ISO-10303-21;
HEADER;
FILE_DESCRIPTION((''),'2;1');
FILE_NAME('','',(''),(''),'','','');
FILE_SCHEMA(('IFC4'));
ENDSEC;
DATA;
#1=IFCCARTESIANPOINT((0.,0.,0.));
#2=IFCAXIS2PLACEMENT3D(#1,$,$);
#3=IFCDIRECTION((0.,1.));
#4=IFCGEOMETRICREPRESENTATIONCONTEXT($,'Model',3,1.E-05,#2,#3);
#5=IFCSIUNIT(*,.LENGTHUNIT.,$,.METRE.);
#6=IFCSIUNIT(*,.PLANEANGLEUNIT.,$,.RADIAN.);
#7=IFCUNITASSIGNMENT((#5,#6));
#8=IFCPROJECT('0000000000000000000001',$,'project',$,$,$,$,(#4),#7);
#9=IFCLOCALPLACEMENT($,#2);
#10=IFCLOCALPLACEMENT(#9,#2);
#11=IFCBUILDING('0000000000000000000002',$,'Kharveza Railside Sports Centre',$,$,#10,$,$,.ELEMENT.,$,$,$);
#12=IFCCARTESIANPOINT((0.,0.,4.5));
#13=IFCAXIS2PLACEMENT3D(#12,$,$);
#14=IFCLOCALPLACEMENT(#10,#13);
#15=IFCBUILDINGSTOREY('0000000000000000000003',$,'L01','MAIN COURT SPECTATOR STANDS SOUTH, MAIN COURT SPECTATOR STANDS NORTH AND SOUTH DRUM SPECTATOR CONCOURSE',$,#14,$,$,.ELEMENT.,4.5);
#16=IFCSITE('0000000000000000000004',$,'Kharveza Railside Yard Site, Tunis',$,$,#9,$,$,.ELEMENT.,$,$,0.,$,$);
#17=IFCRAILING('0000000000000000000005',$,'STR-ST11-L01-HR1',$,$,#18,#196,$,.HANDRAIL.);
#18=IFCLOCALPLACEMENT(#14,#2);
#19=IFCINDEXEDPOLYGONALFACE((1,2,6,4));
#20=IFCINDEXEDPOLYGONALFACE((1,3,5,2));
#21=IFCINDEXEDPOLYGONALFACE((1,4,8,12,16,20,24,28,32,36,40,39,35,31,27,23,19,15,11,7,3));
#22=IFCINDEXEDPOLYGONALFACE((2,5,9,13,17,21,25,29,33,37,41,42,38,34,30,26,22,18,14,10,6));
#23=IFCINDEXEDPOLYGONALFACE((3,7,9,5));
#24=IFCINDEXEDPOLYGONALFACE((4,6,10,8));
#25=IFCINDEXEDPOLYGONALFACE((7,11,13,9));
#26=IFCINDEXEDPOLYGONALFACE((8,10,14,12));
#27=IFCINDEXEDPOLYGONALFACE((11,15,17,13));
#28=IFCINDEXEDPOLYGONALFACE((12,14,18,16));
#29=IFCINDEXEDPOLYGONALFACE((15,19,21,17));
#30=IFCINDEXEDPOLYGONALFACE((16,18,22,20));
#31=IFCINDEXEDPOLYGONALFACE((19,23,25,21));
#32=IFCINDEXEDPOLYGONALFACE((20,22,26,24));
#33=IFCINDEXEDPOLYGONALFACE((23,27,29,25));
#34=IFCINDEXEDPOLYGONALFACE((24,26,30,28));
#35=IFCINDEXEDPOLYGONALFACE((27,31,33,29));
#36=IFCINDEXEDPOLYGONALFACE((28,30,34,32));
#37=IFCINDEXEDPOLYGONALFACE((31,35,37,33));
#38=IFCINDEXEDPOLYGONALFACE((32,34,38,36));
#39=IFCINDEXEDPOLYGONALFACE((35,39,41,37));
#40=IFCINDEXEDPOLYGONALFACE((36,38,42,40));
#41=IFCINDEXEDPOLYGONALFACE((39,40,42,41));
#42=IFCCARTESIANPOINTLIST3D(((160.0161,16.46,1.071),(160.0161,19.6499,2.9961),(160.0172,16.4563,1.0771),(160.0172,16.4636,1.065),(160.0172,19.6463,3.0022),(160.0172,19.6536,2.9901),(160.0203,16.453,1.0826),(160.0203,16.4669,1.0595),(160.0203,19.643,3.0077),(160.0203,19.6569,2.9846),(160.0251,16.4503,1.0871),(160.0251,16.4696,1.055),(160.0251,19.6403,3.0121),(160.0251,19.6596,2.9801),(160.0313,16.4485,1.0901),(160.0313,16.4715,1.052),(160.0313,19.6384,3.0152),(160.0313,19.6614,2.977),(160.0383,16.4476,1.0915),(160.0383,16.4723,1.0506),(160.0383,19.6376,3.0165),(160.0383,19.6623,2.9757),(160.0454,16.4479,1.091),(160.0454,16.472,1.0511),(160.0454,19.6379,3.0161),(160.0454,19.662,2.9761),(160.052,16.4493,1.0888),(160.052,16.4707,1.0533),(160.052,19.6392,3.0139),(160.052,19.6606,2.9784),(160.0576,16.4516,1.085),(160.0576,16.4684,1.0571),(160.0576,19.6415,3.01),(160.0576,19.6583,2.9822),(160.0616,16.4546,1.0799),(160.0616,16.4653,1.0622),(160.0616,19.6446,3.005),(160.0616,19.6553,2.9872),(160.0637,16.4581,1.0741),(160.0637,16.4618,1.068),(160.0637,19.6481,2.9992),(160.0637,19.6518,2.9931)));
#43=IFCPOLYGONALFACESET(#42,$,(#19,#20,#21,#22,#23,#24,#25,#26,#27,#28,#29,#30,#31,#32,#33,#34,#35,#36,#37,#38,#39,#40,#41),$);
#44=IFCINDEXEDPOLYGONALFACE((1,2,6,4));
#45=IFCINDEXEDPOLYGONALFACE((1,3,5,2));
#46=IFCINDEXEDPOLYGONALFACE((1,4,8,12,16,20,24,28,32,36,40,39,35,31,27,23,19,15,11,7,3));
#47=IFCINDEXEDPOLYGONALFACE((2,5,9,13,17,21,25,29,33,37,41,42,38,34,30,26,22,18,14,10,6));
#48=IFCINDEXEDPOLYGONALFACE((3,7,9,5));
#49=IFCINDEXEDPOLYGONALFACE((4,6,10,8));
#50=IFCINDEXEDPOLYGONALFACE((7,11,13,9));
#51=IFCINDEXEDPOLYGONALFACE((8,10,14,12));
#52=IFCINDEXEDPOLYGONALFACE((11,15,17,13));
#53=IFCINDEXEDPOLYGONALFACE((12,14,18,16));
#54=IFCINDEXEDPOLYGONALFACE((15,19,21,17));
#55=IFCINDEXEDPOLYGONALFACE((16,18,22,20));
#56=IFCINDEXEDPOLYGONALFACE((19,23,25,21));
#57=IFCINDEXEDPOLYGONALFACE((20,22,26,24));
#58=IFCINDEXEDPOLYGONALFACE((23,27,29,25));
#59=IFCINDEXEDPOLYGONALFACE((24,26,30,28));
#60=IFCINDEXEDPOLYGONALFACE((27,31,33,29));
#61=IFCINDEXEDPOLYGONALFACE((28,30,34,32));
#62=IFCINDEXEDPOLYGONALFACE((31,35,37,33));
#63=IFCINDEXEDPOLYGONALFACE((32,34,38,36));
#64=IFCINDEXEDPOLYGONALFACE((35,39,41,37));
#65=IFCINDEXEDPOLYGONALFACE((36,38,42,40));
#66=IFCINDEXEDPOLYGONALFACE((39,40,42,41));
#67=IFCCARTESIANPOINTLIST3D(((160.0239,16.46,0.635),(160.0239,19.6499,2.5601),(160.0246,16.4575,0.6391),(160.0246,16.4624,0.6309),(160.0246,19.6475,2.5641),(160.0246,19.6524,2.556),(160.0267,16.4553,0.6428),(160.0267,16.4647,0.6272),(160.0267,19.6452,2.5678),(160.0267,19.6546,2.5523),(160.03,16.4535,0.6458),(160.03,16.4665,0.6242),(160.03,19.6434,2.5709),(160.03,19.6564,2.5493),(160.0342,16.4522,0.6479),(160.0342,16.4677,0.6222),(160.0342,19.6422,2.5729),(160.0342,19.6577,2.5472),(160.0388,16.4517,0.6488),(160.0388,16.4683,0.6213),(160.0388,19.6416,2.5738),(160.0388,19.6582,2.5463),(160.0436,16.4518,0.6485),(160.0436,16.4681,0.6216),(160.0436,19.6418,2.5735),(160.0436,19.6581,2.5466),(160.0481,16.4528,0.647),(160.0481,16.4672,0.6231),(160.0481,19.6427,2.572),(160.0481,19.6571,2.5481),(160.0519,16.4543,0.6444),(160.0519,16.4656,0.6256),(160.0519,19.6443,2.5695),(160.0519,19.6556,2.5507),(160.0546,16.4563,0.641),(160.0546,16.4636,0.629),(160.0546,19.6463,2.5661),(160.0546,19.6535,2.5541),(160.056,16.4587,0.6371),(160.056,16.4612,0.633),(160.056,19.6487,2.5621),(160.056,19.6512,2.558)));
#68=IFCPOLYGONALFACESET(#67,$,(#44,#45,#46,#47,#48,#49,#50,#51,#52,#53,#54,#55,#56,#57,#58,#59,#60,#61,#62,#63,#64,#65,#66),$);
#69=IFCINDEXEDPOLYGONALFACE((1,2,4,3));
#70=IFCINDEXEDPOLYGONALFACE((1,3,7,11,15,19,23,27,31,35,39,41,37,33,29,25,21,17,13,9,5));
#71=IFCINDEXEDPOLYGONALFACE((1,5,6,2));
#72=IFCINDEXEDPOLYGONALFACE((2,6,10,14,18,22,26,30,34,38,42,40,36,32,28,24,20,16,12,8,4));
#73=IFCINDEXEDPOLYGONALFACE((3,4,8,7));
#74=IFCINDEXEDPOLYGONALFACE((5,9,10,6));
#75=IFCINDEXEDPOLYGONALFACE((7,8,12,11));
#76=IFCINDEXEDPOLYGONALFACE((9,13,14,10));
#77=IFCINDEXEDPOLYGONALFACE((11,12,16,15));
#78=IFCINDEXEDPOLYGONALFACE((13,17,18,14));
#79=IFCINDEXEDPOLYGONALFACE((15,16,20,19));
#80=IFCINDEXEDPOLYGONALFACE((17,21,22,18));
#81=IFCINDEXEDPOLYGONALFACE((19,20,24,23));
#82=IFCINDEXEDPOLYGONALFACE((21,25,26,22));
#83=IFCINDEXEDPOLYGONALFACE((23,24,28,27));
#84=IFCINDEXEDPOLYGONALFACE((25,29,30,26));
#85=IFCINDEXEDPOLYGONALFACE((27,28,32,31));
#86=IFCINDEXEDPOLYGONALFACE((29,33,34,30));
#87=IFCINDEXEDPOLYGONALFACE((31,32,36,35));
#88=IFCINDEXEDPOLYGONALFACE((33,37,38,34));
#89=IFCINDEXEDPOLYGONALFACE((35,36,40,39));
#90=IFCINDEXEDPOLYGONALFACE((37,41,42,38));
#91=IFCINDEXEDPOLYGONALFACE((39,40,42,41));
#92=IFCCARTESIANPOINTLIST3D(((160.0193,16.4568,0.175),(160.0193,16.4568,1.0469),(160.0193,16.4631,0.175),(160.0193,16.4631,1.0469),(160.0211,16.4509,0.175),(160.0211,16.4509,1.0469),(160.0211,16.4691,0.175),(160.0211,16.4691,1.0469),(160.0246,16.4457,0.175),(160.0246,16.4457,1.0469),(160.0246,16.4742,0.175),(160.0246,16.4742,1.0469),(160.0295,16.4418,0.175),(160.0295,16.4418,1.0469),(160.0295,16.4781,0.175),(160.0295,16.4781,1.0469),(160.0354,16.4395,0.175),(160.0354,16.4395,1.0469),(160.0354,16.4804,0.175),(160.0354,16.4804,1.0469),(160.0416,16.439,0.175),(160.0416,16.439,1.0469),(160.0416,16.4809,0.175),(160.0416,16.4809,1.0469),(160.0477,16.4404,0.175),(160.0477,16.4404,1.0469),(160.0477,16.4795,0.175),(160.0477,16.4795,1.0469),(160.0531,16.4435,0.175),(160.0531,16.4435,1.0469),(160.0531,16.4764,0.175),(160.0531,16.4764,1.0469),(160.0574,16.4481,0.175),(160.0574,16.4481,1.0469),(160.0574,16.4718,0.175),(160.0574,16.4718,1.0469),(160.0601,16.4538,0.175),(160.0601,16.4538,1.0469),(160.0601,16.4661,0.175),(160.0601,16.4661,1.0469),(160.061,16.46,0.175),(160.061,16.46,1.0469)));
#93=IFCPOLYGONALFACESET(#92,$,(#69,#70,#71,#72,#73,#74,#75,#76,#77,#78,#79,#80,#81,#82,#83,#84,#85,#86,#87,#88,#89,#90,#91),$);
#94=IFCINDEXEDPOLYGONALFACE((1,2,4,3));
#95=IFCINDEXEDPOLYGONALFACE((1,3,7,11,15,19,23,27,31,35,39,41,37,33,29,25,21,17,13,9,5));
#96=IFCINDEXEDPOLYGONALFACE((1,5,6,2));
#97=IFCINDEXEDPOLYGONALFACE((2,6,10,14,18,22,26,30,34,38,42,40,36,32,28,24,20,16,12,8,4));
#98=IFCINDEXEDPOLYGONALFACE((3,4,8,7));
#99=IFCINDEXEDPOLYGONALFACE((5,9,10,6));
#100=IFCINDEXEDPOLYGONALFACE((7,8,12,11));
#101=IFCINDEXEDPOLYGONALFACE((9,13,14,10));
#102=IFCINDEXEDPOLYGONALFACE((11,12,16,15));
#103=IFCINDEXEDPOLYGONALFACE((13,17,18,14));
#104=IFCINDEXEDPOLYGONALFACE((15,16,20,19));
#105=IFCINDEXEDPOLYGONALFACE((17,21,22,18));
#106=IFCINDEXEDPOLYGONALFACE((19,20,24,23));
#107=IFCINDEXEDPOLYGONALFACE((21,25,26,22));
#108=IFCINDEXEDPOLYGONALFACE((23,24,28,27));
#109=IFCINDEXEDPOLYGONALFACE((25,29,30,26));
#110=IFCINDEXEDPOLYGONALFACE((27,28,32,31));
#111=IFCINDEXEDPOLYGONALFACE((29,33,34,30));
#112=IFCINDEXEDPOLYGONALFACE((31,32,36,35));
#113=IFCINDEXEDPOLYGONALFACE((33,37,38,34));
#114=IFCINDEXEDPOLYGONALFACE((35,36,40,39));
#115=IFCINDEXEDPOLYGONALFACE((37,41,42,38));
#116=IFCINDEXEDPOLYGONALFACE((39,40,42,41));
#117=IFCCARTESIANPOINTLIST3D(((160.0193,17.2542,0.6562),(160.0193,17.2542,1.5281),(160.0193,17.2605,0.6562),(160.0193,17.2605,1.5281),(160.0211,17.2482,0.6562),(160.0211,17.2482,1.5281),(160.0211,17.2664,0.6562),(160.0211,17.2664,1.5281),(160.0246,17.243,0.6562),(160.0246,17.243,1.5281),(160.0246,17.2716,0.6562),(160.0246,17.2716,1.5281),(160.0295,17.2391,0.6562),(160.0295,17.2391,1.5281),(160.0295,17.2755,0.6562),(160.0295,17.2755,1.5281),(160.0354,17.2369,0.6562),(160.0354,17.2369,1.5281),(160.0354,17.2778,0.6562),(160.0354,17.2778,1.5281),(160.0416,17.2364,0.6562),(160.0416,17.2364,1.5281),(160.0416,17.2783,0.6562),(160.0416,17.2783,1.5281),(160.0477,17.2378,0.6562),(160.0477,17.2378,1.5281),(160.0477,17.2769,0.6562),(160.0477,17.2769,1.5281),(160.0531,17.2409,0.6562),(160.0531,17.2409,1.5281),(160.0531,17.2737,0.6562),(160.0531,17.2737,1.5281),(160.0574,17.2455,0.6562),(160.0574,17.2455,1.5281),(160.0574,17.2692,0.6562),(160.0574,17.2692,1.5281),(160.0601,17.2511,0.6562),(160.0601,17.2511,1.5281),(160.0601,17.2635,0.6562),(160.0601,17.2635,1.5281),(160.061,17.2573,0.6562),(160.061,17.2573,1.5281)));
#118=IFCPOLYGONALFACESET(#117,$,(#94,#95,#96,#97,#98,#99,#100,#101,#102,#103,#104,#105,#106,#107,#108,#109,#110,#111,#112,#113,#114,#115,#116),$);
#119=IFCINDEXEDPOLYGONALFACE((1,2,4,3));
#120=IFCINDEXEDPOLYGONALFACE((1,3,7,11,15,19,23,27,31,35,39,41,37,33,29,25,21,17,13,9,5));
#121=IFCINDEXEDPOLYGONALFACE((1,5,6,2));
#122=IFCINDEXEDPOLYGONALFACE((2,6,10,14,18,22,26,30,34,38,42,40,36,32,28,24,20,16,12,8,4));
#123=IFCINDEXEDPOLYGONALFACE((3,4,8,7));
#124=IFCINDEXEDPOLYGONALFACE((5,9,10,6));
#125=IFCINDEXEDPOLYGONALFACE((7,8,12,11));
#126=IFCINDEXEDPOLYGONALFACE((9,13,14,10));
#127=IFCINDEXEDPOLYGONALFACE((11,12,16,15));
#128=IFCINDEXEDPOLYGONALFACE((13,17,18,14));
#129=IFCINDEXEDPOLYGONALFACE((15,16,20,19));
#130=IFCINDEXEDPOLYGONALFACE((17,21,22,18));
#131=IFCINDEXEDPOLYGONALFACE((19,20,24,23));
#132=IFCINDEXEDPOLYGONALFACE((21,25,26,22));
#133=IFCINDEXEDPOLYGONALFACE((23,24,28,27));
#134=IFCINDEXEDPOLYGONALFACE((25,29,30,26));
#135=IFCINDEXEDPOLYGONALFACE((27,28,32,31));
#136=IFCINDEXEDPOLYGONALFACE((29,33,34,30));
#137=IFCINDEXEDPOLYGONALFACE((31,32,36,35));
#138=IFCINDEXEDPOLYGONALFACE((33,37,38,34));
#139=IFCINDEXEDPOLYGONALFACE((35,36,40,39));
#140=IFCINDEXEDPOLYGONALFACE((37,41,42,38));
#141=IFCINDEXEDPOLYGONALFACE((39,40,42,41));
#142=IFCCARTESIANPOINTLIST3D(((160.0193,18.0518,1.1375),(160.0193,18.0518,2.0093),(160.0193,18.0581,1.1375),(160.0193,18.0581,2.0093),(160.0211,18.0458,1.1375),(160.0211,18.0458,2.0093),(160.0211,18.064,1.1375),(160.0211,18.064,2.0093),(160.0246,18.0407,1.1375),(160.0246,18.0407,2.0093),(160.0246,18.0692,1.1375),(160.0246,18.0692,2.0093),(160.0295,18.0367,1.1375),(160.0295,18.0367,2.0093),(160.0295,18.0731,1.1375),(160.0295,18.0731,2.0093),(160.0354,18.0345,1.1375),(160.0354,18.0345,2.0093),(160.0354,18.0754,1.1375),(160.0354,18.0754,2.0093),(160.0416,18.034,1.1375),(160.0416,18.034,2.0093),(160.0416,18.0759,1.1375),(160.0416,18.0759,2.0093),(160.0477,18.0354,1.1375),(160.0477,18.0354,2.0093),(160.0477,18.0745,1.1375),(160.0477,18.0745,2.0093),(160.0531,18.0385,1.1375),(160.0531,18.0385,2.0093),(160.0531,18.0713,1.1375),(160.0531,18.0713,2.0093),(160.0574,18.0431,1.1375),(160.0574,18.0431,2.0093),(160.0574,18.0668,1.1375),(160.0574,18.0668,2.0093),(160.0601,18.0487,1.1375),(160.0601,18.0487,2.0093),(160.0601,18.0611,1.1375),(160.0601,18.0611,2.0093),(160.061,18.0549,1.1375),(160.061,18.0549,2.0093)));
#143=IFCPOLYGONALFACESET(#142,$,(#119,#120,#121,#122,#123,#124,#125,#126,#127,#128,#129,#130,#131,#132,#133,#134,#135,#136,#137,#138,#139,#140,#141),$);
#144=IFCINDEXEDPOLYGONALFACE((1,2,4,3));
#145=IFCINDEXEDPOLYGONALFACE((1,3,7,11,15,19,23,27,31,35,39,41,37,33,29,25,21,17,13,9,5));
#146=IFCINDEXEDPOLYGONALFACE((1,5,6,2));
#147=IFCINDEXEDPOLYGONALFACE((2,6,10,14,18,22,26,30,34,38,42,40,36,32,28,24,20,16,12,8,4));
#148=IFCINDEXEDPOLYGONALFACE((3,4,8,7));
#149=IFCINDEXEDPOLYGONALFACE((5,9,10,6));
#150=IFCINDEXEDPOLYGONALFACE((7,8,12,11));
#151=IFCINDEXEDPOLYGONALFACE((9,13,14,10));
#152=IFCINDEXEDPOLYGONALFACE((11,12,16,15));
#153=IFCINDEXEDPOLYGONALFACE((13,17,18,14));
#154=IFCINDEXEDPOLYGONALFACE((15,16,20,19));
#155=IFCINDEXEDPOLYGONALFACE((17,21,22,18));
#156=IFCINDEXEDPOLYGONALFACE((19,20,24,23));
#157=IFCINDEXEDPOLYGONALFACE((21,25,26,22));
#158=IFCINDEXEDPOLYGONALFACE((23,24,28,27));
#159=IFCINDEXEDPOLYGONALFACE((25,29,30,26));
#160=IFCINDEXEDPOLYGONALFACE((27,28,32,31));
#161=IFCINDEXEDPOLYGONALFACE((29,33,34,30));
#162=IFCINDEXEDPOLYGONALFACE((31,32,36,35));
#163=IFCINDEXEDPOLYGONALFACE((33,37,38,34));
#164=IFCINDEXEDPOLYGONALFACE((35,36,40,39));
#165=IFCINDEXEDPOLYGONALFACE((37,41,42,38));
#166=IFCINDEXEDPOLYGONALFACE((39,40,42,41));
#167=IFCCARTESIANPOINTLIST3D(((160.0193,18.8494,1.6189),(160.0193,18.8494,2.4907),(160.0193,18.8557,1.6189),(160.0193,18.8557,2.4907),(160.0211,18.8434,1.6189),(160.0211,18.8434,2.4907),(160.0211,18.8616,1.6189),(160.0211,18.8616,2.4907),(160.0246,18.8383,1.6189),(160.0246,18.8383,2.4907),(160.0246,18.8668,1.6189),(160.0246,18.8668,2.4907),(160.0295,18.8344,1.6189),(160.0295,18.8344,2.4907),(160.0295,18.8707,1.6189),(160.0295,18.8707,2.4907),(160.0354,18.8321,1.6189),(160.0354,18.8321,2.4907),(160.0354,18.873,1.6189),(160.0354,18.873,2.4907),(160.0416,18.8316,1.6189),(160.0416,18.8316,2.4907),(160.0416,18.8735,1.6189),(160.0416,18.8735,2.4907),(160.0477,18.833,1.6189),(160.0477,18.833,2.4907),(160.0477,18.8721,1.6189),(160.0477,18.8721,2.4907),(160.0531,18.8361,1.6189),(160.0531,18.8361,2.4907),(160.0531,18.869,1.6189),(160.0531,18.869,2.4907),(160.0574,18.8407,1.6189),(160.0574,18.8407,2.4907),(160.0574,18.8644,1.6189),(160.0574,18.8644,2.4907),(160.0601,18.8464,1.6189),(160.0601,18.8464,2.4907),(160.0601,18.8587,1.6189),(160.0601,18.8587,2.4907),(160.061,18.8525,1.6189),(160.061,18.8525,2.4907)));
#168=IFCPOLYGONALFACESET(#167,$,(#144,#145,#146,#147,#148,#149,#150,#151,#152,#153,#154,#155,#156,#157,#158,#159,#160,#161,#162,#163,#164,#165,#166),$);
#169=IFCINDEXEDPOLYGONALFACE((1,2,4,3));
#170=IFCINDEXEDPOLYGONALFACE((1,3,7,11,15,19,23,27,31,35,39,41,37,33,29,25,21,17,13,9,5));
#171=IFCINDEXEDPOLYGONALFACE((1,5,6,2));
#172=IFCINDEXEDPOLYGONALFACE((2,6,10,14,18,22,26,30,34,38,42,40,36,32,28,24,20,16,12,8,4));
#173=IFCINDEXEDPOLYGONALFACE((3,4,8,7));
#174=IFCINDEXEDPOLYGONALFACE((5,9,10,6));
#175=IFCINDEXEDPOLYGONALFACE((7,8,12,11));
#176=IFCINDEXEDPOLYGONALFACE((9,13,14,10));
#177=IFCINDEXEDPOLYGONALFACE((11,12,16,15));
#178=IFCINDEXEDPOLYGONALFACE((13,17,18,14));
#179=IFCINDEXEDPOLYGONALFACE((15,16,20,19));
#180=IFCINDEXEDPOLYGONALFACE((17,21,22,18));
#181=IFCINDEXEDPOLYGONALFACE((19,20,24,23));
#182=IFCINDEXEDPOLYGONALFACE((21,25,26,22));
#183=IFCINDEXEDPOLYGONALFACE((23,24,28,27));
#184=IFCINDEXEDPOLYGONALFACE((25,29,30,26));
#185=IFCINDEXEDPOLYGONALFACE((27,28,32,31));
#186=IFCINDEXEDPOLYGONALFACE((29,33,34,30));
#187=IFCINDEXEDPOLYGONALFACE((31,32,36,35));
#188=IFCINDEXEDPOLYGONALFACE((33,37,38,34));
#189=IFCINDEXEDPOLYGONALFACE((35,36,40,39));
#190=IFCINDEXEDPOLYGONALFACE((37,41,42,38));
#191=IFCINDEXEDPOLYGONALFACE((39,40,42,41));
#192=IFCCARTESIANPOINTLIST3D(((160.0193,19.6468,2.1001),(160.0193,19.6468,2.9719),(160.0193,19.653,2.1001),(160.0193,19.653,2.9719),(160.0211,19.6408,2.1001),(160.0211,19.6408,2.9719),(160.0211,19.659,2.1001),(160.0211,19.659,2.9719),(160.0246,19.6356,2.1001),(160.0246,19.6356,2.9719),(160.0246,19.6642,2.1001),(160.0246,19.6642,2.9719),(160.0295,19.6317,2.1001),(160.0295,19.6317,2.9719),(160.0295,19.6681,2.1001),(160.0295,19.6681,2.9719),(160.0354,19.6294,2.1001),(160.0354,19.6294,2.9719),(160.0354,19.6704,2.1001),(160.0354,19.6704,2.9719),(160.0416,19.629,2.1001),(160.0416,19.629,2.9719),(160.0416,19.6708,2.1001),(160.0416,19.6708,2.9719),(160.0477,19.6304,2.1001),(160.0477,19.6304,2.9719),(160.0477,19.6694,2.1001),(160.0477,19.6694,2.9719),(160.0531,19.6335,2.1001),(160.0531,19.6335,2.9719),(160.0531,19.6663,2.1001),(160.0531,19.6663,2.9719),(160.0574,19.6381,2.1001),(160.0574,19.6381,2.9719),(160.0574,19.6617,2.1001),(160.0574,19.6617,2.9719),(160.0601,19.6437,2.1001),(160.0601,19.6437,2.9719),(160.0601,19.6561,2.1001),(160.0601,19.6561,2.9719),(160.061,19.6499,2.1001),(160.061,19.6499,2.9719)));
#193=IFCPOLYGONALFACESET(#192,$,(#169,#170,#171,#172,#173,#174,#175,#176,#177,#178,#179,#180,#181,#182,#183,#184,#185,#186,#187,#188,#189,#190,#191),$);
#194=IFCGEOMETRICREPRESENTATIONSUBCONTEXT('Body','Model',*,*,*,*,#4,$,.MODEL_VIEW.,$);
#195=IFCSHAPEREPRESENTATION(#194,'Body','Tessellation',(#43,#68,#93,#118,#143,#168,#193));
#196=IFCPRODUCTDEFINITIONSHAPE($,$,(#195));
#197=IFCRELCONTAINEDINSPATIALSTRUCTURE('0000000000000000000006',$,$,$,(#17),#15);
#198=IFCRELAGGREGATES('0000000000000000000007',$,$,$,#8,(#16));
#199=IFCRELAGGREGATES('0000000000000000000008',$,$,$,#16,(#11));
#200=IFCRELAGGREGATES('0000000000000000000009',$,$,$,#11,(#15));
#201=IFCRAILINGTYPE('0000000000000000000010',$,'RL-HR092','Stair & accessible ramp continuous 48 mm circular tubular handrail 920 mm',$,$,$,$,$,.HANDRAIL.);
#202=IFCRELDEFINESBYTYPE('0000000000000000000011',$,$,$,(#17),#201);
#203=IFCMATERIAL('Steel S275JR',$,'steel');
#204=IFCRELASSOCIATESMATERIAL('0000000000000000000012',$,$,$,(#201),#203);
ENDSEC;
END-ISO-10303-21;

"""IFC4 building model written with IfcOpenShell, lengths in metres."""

from ifc_helpers import new_model, si_unit, direction, frame, origin, origin_2d, place, context, subcontext, project, spatial, circle, extrude, material, type_object, element, save


model = new_model("IFC4")

# Units and contexts
model_context = context("Model", 3, precision=1e-05, world=origin(), true_north=direction((0.0, 1.0)))
body_context = subcontext(model_context, "Body", "Model", "MODEL_VIEW")
ifc_project = project(units=[si_unit("LENGTHUNIT", "METRE"), si_unit("PLANEANGLEUNIT", "RADIAN")], contexts=[model_context])

# Site, building, storey
site_placement = place(None, origin())
site = spatial("IfcSite", under=ifc_project, at=site_placement, Name="Kharveza Railside Yard Site, Tunis", CompositionType="ELEMENT", RefElevation=0.0)
building_placement = place(site_placement, origin())
building = spatial("IfcBuilding", under=site, at=building_placement, Name="Kharveza Railside Sports Centre", CompositionType="ELEMENT")
storey_placement = place(building_placement, frame((0.0, 0.0, 4.5)))
storey = spatial("IfcBuildingStorey", under=building, at=storey_placement, Name="L01", Description="MAIN COURT SPECTATOR STANDS SOUTH, MAIN COURT SPECTATOR STANDS NORTH AND SOUTH DRUM SPECTATOR CONCOURSE", CompositionType="ELEMENT", Elevation=4.5)

# Railing
ifc_material_1 = material(Name="Steel S275JR", Category="steel")
railing_type = type_object("IfcRailingType", Name="RL-HR092", Description="Stair & accessible ramp continuous 48 mm circular tubular handrail 920 mm", PredefinedType="HANDRAIL", material=ifc_material_1)
railing_placement = place(storey_placement, frame((160.04, 16.46, 0.175)))
element("IfcRailing", 1, at=railing_placement, inside=storey, type_object=railing_type, Name="STR-ST11-L01-HR1", PredefinedType="HANDRAIL", context=body_context, shape_type="SweptSolid", body=[
    extrude(circle(Radius=0.0239, at=origin_2d()), frame((0.0, 0.0, 0.896), z_axis=(0.0, 0.856178, 0.516682), x_axis=(-1.0, 0.0, 0.0)), (0.0, 0.0, 1.0), 3.7258),
    extrude(circle(Radius=0.0161, at=origin_2d()), frame((0.0, 0.0, 0.46), z_axis=(0.0, 0.856178, 0.516682), x_axis=(-1.0, 0.0, 0.0)), (0.0, 0.0, 1.0), 3.7258),
    extrude(circle(Radius=0.021, at=origin_2d()), origin(), (0.0, 0.0, 1.0), 0.8718),
    extrude(circle(Radius=0.021, at=origin_2d()), frame((0.0, 0.7974, 0.4812)), (0.0, 0.0, 1.0), 0.8718),
    extrude(circle(Radius=0.021, at=origin_2d()), frame((0.0, 1.595, 0.9624)), (0.0, 0.0, 1.0), 0.8718),
    extrude(circle(Radius=0.021, at=origin_2d()), frame((0.0, 2.3926, 1.4438)), (0.0, 0.0, 1.0), 0.8718),
    extrude(circle(Radius=0.021, at=origin_2d()), frame((0.0, 3.1899, 1.925)), (0.0, 0.0, 1.0), 0.8718),
])

save(model, "model.ifc")
